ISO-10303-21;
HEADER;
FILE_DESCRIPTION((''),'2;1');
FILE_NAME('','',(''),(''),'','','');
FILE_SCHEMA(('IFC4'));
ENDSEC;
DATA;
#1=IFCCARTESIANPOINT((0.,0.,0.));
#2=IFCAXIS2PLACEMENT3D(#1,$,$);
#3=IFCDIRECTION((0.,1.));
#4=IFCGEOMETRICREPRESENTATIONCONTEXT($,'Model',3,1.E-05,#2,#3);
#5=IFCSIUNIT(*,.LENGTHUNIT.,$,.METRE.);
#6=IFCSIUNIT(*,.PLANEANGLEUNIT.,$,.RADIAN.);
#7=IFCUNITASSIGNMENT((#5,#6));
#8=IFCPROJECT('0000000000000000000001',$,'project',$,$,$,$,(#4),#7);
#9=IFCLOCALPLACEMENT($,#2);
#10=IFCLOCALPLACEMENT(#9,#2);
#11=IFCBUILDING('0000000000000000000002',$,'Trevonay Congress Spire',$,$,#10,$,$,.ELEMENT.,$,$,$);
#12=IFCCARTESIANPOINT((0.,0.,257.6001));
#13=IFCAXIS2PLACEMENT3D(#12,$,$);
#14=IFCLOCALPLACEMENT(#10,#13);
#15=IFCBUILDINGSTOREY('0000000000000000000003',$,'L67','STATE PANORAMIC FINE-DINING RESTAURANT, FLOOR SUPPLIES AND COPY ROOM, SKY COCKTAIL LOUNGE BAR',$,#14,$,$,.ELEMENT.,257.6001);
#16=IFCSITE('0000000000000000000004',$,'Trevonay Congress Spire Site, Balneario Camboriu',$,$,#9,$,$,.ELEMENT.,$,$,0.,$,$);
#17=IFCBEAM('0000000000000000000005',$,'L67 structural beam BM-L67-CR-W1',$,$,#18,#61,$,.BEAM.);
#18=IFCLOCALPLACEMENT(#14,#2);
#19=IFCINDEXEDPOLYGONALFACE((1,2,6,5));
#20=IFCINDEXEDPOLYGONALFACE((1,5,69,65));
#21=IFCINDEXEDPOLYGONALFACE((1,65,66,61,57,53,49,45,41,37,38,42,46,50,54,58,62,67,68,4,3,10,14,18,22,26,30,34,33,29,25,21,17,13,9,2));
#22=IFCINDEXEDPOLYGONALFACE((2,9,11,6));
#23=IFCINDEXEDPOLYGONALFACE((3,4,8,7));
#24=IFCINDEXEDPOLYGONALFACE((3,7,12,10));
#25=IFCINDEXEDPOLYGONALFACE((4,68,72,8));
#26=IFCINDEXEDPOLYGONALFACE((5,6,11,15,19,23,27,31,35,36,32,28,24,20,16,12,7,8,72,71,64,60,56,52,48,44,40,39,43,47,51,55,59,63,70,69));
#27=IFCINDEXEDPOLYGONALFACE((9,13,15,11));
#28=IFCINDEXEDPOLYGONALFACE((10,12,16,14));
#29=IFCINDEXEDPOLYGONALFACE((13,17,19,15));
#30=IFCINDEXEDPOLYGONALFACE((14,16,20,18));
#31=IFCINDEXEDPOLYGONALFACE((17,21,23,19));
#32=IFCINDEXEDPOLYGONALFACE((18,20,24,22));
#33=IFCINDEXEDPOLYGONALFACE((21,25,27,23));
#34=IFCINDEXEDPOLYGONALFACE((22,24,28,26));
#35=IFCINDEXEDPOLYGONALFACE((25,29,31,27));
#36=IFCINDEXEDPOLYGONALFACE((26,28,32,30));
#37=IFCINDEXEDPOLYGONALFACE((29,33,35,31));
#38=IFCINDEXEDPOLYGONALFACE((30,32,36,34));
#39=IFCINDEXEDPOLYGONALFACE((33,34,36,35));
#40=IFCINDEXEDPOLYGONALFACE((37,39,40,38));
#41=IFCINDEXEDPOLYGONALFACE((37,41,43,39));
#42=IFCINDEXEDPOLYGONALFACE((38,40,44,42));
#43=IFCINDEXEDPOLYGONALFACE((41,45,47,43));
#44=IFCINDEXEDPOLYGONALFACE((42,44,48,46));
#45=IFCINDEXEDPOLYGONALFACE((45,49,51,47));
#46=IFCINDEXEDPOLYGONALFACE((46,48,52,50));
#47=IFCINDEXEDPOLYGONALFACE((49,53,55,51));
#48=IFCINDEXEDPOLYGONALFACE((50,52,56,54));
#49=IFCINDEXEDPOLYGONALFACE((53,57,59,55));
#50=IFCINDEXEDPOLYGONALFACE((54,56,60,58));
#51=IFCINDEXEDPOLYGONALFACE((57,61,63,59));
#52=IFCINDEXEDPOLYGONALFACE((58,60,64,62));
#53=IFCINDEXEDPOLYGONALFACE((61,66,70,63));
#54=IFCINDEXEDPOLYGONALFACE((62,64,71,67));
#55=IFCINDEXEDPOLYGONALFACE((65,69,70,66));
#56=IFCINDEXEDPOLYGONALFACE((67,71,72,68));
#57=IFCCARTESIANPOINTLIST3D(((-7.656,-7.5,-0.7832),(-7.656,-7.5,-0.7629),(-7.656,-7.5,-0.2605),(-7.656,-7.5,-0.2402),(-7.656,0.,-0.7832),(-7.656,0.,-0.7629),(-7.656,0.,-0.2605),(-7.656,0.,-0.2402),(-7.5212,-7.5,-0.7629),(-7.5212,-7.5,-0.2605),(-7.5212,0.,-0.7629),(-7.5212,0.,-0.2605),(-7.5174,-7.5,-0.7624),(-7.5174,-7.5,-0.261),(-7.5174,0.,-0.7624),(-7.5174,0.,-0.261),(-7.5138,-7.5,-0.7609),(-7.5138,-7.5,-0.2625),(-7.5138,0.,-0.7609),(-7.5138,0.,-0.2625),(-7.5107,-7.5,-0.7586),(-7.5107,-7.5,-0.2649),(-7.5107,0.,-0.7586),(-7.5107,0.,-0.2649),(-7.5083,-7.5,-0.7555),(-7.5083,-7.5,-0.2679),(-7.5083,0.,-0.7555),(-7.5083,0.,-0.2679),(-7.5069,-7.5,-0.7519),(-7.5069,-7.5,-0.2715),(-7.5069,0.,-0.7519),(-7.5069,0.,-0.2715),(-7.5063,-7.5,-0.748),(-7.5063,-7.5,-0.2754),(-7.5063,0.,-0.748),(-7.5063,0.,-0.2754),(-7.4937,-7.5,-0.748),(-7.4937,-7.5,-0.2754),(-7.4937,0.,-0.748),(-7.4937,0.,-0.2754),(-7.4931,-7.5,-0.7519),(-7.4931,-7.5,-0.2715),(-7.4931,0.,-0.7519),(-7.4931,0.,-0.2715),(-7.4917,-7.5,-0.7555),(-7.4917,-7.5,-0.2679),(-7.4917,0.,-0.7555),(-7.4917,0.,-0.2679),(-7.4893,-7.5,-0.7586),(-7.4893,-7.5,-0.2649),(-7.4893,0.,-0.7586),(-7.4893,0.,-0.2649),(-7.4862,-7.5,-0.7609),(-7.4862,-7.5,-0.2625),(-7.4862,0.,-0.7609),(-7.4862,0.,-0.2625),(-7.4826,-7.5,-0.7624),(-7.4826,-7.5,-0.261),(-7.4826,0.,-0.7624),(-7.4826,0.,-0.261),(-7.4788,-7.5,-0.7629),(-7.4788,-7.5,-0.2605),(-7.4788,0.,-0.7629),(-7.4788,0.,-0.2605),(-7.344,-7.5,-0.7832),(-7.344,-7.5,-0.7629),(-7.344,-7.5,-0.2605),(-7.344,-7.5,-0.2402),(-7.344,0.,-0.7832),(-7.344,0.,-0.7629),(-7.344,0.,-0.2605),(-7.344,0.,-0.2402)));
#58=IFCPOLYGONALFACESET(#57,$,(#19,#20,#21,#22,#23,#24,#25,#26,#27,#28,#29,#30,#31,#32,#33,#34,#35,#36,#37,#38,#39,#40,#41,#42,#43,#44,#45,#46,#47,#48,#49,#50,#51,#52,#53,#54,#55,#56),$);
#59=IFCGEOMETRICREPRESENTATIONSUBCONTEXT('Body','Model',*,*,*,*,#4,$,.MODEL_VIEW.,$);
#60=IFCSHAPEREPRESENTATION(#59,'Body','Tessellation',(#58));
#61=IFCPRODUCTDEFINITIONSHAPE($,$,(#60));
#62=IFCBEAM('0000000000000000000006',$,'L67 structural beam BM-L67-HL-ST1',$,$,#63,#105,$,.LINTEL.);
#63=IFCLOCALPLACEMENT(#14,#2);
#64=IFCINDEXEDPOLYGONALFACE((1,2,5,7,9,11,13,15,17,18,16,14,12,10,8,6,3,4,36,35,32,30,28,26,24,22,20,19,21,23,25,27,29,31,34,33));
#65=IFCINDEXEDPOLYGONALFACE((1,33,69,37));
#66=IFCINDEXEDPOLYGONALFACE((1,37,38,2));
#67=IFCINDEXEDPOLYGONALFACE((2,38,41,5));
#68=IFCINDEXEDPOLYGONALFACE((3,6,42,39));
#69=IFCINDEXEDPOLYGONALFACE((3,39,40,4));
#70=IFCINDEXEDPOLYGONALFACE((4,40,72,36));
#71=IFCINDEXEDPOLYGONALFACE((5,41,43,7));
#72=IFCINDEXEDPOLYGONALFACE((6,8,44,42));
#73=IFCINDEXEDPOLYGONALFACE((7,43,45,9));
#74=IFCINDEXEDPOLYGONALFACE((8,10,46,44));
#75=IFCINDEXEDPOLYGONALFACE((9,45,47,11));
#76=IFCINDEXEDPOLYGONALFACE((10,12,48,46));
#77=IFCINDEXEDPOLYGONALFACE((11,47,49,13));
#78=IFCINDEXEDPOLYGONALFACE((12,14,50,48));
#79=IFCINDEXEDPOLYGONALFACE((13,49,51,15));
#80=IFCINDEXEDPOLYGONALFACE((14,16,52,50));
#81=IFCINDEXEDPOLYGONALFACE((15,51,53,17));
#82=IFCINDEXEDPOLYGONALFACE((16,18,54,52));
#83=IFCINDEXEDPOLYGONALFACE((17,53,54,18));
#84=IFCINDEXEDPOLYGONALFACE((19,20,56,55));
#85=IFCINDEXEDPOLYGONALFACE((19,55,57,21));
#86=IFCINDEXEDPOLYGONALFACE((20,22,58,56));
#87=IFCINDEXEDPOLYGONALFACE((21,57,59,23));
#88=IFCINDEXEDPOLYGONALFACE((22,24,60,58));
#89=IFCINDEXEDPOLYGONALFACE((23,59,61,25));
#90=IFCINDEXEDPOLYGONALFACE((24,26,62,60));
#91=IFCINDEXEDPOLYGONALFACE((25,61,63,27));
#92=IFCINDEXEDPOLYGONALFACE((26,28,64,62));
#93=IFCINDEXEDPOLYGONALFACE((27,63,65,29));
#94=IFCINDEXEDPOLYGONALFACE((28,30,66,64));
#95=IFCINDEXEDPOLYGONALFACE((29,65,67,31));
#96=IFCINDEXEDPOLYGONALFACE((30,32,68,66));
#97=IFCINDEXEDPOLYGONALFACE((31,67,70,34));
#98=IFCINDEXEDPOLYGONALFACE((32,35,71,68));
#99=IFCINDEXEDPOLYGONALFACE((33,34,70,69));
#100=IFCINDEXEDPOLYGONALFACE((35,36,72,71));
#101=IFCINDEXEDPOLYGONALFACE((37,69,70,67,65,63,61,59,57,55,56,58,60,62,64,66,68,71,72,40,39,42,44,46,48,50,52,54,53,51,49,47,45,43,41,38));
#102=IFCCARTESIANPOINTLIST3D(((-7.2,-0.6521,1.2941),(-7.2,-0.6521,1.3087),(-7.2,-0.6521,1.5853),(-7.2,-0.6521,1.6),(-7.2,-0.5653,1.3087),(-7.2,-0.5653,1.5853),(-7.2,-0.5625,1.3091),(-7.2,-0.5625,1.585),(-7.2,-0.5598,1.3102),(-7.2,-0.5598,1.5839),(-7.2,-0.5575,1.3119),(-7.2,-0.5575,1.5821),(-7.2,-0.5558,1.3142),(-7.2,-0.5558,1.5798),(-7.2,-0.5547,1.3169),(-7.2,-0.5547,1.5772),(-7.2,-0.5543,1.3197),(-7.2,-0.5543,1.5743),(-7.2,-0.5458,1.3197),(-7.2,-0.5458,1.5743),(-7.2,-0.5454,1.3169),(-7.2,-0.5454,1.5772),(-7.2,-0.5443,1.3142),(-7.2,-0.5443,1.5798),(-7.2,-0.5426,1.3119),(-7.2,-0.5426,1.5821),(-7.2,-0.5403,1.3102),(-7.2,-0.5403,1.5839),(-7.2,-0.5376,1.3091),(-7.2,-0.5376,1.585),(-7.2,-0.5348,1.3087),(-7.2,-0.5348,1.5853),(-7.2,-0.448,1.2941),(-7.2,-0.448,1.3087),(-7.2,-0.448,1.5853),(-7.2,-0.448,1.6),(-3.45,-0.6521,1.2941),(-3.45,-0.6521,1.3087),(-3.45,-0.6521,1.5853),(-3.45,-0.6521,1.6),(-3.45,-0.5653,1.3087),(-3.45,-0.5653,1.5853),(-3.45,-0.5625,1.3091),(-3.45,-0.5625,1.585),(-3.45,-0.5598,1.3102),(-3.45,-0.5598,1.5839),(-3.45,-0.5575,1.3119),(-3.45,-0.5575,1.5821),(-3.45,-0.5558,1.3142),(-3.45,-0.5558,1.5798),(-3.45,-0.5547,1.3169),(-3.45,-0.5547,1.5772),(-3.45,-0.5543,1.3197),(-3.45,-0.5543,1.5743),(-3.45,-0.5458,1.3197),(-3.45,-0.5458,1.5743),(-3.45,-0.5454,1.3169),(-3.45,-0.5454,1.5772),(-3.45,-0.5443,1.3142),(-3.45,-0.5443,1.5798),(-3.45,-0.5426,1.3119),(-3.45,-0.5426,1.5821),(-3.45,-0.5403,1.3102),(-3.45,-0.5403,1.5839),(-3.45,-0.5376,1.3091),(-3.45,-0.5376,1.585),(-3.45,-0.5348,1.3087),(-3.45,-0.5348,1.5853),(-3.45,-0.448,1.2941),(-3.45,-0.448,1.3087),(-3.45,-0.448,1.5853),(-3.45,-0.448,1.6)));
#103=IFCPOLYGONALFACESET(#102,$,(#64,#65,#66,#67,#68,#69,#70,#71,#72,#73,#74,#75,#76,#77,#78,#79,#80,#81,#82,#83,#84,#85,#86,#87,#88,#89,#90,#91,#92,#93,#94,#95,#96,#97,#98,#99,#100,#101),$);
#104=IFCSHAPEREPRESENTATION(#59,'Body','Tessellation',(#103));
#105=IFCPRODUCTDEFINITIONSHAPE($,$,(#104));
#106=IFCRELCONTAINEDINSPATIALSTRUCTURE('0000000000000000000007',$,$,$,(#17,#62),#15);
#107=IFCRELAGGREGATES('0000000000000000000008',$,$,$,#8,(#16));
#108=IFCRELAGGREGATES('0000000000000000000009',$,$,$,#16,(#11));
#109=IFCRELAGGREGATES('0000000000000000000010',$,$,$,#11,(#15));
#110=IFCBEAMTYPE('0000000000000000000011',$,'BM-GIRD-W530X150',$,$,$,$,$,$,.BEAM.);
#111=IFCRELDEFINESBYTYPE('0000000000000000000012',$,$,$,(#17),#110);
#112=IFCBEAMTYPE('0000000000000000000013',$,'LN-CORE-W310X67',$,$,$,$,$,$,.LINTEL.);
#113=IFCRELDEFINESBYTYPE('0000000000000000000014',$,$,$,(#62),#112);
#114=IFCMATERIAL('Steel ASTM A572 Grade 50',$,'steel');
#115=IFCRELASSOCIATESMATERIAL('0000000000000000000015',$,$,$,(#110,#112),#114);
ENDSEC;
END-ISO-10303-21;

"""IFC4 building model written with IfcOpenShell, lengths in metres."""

from ifc_helpers import new_model, si_unit, direction, frame, origin, origin_2d, place, context, subcontext, project, spatial, i_section, extrude, material, material_profile, profile_set, type_object, element, save


model = new_model("IFC4")

# Units and contexts
model_context = context("Model", 3, precision=1e-05, world=origin(), true_north=direction((0.0, 1.0)))
body_context = subcontext(model_context, "Body", "Model", "MODEL_VIEW")
ifc_project = project(units=[si_unit("LENGTHUNIT", "METRE"), si_unit("PLANEANGLEUNIT", "RADIAN")], contexts=[model_context])

# Site, building, storey
site_placement = place(None, origin())
site = spatial("IfcSite", under=ifc_project, at=site_placement, Name="Trevonay Congress Spire Site, Balneario Camboriu", CompositionType="ELEMENT", RefElevation=0.0)
building_placement = place(site_placement, origin())
building = spatial("IfcBuilding", under=site, at=building_placement, Name="Trevonay Congress Spire", CompositionType="ELEMENT")
storey_placement = place(building_placement, frame((0.0, 0.0, 257.6001)))
storey = spatial("IfcBuildingStorey", under=building, at=storey_placement, Name="L67", Description="STATE PANORAMIC FINE-DINING RESTAURANT, FLOOR SUPPLIES AND COPY ROOM, SKY COCKTAIL LOUNGE BAR", CompositionType="ELEMENT", Elevation=257.6001)

# Shared definitions
ifc_material_1 = material(Name="Steel ASTM A572 Grade 50", Category="steel")

# Beams
ifc_material_profile_1 = material_profile(ifc_material_1, i_section(OverallWidth=0.312, OverallDepth=0.543, WebThickness=0.0127, FlangeThickness=0.0203, FilletRadius=0.0149, at=origin_2d()), Name="W530x150")
ifc_profile_set_1 = profile_set([ifc_material_profile_1], Name="Steel ASTM A572 Grade 50")
beam_type_1 = type_object("IfcBeamType", Name="BM-GIRD-W530X150", PredefinedType="BEAM", material=ifc_profile_set_1)
beam_1_placement = place(storey_placement, frame((-7.5, -7.5, -0.5117), z_axis=(0.0, 1.0, 0.0), x_axis=(-1.0, 0.0, 0.0)))
element("IfcBeam", 1, at=beam_1_placement, inside=storey, type_object=beam_type_1, Name="L67 structural beam BM-L67-CR-W1", PredefinedType="BEAM", context=body_context, shape_type="SweptSolid", body=[
    extrude(i_section(OverallWidth=0.312, OverallDepth=0.543, WebThickness=0.0127, FlangeThickness=0.0203, FilletRadius=0.0149, at=origin_2d()), origin(), (0.0, 0.0, 1.0), 7.5),
])
ifc_material_profile_2 = material_profile(ifc_material_1, i_section(OverallWidth=0.2041, OverallDepth=0.3059, WebThickness=0.0085, FlangeThickness=0.0146, FilletRadius=0.011, at=origin_2d()), Name="W310x67")
ifc_profile_set_2 = profile_set([ifc_material_profile_2], Name="Steel ASTM A572 Grade 50")
beam_type_2 = type_object("IfcBeamType", Name="LN-CORE-W310X67", PredefinedType="LINTEL", material=ifc_profile_set_2)
beam_2_placement = place(storey_placement, frame((-7.2, -0.55, 1.447), z_axis=(1.0, 0.0, 0.0), x_axis=(0.0, 1.0, 0.0)))
element("IfcBeam", 2, at=beam_2_placement, inside=storey, type_object=beam_type_2, Name="L67 structural beam BM-L67-HL-ST1", PredefinedType="LINTEL", context=body_context, shape_type="SweptSolid", body=[
    extrude(i_section(OverallWidth=0.2041, OverallDepth=0.3059, WebThickness=0.0085, FlangeThickness=0.0146, FilletRadius=0.011, at=origin_2d()), origin(), (0.0, 0.0, 1.0), 3.75),
])

save(model, "model.ifc")
